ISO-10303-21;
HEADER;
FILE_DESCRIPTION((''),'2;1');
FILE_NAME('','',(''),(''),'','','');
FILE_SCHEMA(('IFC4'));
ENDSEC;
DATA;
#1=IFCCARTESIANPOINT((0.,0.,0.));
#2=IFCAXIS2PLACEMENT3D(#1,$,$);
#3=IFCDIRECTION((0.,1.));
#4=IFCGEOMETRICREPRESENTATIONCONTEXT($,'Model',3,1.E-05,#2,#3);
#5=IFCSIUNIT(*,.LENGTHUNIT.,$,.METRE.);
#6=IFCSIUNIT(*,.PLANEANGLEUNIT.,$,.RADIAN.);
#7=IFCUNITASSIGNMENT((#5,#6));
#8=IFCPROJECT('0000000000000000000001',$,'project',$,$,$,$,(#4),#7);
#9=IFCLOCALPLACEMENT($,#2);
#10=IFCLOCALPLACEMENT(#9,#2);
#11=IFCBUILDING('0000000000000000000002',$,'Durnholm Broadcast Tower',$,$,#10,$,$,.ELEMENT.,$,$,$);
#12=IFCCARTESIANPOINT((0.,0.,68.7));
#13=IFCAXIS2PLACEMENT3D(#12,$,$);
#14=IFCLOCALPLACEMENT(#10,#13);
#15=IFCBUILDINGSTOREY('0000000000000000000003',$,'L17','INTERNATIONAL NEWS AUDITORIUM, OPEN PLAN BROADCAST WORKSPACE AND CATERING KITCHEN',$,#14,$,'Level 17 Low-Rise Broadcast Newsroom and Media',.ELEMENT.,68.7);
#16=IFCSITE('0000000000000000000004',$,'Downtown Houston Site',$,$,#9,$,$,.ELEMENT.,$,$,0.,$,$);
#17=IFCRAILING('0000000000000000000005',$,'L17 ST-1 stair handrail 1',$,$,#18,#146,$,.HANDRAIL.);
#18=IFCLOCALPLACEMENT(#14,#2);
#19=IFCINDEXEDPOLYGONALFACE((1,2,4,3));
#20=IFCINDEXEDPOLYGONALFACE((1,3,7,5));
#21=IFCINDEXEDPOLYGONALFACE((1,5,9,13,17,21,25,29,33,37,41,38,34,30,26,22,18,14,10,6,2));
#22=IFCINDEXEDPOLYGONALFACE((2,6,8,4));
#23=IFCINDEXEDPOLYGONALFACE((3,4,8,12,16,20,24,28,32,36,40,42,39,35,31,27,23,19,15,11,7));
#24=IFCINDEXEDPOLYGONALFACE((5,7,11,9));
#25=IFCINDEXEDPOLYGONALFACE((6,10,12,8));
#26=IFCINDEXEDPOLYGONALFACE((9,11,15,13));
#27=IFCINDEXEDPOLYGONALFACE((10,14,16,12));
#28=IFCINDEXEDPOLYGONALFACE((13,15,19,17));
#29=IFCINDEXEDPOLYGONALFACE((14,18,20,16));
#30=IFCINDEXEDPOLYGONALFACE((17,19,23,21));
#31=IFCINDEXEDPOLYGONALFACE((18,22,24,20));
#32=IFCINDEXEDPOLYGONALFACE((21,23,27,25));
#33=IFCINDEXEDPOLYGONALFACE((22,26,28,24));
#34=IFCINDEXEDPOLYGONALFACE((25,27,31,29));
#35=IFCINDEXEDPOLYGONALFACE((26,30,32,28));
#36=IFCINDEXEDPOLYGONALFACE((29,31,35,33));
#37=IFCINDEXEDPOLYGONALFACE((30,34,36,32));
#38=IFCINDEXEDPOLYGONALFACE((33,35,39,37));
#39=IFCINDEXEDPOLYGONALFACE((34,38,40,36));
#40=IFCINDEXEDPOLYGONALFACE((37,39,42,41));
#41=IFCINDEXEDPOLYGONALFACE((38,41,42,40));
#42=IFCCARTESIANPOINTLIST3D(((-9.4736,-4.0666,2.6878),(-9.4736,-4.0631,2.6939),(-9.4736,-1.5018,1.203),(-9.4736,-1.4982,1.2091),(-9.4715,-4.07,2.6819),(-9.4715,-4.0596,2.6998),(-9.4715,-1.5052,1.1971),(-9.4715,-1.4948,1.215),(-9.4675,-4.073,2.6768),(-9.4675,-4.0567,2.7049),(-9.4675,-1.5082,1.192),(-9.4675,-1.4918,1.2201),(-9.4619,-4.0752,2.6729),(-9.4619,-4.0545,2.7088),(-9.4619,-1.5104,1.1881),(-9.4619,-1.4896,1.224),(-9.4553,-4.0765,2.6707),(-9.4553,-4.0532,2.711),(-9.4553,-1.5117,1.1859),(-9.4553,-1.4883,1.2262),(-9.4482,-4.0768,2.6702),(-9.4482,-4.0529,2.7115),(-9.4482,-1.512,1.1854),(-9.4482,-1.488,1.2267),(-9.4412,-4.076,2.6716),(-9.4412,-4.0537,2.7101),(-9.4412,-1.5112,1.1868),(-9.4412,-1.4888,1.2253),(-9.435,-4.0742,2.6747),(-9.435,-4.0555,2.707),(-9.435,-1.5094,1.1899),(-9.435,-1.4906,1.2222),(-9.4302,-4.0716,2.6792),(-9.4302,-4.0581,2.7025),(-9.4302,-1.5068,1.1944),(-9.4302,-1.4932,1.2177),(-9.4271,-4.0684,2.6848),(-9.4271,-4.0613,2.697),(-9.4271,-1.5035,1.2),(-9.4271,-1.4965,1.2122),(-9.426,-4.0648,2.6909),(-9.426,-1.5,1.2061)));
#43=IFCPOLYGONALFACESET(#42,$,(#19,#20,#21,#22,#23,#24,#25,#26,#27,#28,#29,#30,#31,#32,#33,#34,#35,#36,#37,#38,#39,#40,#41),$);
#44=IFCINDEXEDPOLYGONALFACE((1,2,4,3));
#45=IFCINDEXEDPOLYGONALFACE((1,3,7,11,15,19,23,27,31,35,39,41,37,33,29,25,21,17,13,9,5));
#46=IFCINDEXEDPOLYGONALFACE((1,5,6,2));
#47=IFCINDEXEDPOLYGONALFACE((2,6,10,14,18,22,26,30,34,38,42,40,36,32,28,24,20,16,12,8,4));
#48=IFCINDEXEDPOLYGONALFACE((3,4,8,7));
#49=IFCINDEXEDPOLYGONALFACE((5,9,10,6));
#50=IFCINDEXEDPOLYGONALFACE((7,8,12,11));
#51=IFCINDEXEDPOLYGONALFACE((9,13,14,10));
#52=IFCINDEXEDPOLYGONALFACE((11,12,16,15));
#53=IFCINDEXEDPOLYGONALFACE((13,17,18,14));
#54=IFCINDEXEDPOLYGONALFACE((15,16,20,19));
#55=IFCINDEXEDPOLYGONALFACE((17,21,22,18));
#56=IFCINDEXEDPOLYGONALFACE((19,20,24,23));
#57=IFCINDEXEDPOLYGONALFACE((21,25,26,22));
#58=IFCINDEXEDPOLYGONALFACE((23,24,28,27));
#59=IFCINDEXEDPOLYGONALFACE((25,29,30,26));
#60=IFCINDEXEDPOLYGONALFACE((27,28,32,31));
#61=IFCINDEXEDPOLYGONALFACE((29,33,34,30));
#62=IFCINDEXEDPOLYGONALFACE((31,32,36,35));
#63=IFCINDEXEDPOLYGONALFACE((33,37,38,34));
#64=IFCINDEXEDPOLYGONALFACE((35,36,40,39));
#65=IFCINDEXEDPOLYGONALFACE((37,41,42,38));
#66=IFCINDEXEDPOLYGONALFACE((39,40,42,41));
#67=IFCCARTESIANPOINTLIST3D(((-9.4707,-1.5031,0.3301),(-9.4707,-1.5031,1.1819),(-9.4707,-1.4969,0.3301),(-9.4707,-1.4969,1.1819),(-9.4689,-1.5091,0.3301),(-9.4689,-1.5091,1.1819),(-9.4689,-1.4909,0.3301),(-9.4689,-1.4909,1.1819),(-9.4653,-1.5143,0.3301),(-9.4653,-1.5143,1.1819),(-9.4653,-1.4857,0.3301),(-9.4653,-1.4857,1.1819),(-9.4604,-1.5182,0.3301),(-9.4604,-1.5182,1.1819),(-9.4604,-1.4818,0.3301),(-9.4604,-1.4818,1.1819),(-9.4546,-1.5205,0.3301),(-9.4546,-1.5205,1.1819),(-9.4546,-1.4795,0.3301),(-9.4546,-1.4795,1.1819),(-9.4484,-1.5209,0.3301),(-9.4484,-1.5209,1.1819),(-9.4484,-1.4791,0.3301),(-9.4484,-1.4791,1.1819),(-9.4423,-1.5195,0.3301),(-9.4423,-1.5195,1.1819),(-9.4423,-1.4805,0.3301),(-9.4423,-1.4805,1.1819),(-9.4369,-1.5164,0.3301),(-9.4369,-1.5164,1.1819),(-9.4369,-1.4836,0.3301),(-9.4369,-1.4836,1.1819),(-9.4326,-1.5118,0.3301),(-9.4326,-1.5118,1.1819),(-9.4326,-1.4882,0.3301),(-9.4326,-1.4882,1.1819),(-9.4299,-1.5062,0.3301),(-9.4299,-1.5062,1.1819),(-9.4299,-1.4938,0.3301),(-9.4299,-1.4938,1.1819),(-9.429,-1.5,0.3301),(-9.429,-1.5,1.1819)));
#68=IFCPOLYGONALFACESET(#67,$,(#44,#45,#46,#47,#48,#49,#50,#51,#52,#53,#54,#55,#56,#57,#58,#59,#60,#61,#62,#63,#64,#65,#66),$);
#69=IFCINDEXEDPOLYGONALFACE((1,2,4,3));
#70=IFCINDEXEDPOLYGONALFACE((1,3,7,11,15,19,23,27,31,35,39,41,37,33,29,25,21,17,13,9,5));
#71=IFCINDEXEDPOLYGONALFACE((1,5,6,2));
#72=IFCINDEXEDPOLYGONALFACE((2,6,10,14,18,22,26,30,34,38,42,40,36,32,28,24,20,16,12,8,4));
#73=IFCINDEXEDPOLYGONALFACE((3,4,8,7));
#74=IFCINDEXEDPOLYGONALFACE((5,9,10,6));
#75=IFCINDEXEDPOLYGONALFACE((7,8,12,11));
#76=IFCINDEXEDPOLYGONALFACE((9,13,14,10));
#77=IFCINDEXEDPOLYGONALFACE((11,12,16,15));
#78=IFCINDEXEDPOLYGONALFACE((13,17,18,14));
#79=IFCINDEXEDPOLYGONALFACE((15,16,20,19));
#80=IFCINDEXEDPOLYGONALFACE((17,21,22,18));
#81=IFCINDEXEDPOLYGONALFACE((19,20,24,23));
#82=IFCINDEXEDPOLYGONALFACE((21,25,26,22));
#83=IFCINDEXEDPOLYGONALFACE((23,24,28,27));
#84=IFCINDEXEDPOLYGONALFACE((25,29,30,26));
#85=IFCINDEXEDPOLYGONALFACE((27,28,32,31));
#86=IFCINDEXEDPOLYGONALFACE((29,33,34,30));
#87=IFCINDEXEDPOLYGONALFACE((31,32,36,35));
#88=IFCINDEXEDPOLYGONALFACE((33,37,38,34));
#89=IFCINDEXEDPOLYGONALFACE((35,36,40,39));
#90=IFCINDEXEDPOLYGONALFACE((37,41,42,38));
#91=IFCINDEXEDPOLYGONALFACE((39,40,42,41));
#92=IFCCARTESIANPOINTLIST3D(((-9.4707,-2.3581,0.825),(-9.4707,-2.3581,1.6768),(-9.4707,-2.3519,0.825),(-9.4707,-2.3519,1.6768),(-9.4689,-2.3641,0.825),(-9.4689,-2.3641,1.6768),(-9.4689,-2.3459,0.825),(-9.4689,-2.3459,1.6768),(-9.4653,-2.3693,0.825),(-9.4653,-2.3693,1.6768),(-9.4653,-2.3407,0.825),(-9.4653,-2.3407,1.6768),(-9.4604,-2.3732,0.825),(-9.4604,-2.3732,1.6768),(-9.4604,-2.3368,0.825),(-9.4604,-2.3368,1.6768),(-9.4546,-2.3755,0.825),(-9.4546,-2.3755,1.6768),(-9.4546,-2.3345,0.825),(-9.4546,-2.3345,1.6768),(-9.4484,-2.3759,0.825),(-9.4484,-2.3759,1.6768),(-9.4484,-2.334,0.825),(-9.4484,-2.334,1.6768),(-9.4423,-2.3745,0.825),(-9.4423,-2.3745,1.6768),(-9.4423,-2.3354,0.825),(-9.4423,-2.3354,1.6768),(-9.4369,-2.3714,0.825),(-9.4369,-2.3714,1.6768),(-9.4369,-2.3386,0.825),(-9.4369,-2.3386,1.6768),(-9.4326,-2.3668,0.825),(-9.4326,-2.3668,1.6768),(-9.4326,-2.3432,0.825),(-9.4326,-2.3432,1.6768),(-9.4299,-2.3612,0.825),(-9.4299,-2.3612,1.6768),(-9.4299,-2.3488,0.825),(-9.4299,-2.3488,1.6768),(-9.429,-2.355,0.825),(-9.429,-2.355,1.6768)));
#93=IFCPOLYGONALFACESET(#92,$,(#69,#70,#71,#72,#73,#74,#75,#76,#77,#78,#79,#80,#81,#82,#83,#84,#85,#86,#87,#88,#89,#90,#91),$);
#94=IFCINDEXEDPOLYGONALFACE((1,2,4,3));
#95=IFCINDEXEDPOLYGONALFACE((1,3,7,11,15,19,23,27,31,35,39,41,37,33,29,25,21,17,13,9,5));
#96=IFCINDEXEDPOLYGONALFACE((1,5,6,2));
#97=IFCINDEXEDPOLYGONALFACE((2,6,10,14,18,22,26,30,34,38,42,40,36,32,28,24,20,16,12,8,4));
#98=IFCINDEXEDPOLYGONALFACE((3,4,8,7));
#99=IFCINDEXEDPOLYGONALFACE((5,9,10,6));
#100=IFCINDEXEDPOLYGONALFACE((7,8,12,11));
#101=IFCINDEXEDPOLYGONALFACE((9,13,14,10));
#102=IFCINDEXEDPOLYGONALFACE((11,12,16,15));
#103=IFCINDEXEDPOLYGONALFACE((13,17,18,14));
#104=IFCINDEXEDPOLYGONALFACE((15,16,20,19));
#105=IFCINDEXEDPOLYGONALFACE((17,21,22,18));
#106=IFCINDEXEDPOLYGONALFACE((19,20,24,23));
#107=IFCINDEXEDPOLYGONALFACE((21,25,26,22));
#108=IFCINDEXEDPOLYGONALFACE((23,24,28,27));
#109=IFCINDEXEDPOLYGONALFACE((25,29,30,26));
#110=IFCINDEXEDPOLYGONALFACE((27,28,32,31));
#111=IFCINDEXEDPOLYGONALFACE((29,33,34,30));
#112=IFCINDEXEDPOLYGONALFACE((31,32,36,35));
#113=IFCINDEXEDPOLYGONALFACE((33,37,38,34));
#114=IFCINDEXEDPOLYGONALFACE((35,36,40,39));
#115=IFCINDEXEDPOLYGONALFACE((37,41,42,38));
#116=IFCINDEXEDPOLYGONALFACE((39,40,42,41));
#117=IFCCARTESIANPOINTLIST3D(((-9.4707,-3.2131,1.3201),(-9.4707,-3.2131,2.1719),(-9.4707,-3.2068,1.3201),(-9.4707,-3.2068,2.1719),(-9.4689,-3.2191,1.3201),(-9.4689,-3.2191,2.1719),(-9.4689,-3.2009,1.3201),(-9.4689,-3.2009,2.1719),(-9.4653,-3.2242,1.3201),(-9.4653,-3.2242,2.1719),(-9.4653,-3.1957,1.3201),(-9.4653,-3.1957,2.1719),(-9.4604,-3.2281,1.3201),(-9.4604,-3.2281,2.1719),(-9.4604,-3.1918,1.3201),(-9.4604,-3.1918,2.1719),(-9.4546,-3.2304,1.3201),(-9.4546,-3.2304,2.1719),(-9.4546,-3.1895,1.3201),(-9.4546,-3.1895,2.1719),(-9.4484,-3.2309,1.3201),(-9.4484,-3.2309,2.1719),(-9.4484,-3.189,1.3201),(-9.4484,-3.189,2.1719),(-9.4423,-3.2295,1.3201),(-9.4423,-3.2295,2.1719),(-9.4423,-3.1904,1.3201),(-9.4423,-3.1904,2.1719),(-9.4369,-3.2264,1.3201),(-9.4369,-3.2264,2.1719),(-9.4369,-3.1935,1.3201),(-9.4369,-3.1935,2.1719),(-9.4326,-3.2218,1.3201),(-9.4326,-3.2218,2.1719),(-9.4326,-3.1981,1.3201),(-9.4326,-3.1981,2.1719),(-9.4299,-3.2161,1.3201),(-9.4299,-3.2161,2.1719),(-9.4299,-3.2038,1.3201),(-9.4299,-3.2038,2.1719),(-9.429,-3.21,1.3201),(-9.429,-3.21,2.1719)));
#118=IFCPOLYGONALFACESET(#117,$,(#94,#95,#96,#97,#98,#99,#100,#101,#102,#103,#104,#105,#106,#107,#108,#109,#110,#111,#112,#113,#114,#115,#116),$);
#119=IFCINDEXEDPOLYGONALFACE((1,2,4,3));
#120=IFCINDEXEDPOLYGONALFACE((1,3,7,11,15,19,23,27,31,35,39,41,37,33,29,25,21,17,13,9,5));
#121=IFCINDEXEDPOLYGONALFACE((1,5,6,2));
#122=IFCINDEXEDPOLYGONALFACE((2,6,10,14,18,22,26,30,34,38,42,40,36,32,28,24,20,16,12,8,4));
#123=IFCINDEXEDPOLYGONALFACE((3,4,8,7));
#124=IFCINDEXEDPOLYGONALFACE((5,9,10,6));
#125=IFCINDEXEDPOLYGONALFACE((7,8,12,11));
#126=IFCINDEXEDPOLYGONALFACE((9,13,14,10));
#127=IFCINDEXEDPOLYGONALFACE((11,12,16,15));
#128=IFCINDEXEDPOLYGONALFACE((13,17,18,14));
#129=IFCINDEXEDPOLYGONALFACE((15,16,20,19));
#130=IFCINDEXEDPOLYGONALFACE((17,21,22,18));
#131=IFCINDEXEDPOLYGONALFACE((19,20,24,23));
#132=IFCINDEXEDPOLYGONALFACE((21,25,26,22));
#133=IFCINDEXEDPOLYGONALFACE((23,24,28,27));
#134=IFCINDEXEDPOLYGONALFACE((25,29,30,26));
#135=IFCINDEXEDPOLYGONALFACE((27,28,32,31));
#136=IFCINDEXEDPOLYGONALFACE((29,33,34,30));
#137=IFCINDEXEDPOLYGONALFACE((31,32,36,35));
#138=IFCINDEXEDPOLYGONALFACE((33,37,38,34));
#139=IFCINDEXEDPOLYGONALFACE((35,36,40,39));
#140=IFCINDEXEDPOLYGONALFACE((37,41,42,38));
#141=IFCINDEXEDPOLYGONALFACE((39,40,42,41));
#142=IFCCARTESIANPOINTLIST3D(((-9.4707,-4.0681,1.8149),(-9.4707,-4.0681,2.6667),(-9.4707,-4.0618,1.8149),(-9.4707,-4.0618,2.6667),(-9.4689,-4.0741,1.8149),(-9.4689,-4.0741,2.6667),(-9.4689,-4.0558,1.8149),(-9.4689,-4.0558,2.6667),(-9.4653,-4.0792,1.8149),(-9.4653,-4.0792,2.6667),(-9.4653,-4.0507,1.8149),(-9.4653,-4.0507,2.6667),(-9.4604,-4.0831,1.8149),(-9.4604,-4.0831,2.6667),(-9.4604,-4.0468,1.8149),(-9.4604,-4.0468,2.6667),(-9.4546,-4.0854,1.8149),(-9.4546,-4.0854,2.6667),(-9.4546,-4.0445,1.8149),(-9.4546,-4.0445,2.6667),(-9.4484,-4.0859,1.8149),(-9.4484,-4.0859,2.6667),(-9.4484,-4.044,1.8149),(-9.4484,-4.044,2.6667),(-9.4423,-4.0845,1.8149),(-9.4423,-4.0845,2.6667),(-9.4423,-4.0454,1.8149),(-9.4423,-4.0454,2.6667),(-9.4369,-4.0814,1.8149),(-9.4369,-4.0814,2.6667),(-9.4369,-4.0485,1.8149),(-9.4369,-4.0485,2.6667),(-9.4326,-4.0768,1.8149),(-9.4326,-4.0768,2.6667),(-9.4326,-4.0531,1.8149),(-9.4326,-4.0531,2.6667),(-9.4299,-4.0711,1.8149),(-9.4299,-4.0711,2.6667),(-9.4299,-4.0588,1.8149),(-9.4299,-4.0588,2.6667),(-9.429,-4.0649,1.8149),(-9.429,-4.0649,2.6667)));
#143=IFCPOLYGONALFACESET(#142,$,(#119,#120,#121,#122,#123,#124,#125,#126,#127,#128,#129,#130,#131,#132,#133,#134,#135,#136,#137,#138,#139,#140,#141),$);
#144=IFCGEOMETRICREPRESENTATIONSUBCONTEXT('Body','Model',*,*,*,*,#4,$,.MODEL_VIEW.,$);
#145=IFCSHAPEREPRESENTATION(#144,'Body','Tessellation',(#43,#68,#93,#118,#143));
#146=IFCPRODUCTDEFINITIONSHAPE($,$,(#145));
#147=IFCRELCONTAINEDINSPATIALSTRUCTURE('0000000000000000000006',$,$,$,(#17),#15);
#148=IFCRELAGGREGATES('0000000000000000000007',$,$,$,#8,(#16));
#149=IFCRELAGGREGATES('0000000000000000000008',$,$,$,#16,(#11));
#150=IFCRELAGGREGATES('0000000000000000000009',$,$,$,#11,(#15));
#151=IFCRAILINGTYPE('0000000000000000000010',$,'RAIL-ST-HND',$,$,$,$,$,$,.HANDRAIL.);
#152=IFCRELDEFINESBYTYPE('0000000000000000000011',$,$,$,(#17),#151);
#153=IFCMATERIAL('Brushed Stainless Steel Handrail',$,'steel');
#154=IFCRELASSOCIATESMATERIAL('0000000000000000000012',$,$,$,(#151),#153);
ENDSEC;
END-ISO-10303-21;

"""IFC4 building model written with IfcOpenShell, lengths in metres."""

from ifc_helpers import new_model, si_unit, direction, frame, origin, origin_2d, place, context, subcontext, project, spatial, circle, extrude, material, type_object, element, save


model = new_model("IFC4")

# Units and contexts
model_context = context("Model", 3, precision=1e-05, world=origin(), true_north=direction((0.0, 1.0)))
body_context = subcontext(model_context, "Body", "Model", "MODEL_VIEW")
ifc_project = project(units=[si_unit("LENGTHUNIT", "METRE"), si_unit("PLANEANGLEUNIT", "RADIAN")], contexts=[model_context])

# Site, building, storey
site_placement = place(None, origin())
site = spatial("IfcSite", under=ifc_project, at=site_placement, Name="Downtown Houston Site", CompositionType="ELEMENT", RefElevation=0.0)
building_placement = place(site_placement, origin())
building = spatial("IfcBuilding", under=site, at=building_placement, Name="Durnholm Broadcast Tower", CompositionType="ELEMENT")
storey_placement = place(building_placement, frame((0.0, 0.0, 68.7)))
storey = spatial("IfcBuildingStorey", under=building, at=storey_placement, Name="L17", Description="INTERNATIONAL NEWS AUDITORIUM, OPEN PLAN BROADCAST WORKSPACE AND CATERING KITCHEN", LongName="Level 17 Low-Rise Broadcast Newsroom and Media", CompositionType="ELEMENT", Elevation=68.7)

# Railing
ifc_material_1 = material(Name="Brushed Stainless Steel Handrail", Category="steel")
railing_type_1 = type_object("IfcRailingType", Name="RAIL-ST-HND", PredefinedType="HANDRAIL", material=ifc_material_1)
railing_1_placement = place(storey_placement, frame((-9.45, -1.5, 0.3301)))
element("IfcRailing", 1, at=railing_1_placement, inside=storey, type_object=railing_type_1, Name="L17 ST-1 stair handrail 1", PredefinedType="HANDRAIL", context=body_context, shape_type="SweptSolid", body=[
    extrude(circle(Radius=0.0239, at=origin_2d()), frame((0.0, 0.0, 0.876), z_axis=(0.0, -0.865441, 0.50101), x_axis=(1.0, 0.0, 0.0)), (0.0, 0.0, 1.0), 2.9636),
    extrude(circle(Radius=0.021, at=origin_2d()), origin(), (0.0, 0.0, 1.0), 0.8518),
    extrude(circle(Radius=0.021, at=origin_2d()), frame((0.0, -0.855, 0.4949)), (0.0, 0.0, 1.0), 0.8518),
    extrude(circle(Radius=0.021, at=origin_2d()), frame((0.0, -1.71, 0.99)), (0.0, 0.0, 1.0), 0.8518),
    extrude(circle(Radius=0.021, at=origin_2d()), frame((0.0, -2.5649, 1.4849)), (0.0, 0.0, 1.0), 0.8518),
])

save(model, "model.ifc")
